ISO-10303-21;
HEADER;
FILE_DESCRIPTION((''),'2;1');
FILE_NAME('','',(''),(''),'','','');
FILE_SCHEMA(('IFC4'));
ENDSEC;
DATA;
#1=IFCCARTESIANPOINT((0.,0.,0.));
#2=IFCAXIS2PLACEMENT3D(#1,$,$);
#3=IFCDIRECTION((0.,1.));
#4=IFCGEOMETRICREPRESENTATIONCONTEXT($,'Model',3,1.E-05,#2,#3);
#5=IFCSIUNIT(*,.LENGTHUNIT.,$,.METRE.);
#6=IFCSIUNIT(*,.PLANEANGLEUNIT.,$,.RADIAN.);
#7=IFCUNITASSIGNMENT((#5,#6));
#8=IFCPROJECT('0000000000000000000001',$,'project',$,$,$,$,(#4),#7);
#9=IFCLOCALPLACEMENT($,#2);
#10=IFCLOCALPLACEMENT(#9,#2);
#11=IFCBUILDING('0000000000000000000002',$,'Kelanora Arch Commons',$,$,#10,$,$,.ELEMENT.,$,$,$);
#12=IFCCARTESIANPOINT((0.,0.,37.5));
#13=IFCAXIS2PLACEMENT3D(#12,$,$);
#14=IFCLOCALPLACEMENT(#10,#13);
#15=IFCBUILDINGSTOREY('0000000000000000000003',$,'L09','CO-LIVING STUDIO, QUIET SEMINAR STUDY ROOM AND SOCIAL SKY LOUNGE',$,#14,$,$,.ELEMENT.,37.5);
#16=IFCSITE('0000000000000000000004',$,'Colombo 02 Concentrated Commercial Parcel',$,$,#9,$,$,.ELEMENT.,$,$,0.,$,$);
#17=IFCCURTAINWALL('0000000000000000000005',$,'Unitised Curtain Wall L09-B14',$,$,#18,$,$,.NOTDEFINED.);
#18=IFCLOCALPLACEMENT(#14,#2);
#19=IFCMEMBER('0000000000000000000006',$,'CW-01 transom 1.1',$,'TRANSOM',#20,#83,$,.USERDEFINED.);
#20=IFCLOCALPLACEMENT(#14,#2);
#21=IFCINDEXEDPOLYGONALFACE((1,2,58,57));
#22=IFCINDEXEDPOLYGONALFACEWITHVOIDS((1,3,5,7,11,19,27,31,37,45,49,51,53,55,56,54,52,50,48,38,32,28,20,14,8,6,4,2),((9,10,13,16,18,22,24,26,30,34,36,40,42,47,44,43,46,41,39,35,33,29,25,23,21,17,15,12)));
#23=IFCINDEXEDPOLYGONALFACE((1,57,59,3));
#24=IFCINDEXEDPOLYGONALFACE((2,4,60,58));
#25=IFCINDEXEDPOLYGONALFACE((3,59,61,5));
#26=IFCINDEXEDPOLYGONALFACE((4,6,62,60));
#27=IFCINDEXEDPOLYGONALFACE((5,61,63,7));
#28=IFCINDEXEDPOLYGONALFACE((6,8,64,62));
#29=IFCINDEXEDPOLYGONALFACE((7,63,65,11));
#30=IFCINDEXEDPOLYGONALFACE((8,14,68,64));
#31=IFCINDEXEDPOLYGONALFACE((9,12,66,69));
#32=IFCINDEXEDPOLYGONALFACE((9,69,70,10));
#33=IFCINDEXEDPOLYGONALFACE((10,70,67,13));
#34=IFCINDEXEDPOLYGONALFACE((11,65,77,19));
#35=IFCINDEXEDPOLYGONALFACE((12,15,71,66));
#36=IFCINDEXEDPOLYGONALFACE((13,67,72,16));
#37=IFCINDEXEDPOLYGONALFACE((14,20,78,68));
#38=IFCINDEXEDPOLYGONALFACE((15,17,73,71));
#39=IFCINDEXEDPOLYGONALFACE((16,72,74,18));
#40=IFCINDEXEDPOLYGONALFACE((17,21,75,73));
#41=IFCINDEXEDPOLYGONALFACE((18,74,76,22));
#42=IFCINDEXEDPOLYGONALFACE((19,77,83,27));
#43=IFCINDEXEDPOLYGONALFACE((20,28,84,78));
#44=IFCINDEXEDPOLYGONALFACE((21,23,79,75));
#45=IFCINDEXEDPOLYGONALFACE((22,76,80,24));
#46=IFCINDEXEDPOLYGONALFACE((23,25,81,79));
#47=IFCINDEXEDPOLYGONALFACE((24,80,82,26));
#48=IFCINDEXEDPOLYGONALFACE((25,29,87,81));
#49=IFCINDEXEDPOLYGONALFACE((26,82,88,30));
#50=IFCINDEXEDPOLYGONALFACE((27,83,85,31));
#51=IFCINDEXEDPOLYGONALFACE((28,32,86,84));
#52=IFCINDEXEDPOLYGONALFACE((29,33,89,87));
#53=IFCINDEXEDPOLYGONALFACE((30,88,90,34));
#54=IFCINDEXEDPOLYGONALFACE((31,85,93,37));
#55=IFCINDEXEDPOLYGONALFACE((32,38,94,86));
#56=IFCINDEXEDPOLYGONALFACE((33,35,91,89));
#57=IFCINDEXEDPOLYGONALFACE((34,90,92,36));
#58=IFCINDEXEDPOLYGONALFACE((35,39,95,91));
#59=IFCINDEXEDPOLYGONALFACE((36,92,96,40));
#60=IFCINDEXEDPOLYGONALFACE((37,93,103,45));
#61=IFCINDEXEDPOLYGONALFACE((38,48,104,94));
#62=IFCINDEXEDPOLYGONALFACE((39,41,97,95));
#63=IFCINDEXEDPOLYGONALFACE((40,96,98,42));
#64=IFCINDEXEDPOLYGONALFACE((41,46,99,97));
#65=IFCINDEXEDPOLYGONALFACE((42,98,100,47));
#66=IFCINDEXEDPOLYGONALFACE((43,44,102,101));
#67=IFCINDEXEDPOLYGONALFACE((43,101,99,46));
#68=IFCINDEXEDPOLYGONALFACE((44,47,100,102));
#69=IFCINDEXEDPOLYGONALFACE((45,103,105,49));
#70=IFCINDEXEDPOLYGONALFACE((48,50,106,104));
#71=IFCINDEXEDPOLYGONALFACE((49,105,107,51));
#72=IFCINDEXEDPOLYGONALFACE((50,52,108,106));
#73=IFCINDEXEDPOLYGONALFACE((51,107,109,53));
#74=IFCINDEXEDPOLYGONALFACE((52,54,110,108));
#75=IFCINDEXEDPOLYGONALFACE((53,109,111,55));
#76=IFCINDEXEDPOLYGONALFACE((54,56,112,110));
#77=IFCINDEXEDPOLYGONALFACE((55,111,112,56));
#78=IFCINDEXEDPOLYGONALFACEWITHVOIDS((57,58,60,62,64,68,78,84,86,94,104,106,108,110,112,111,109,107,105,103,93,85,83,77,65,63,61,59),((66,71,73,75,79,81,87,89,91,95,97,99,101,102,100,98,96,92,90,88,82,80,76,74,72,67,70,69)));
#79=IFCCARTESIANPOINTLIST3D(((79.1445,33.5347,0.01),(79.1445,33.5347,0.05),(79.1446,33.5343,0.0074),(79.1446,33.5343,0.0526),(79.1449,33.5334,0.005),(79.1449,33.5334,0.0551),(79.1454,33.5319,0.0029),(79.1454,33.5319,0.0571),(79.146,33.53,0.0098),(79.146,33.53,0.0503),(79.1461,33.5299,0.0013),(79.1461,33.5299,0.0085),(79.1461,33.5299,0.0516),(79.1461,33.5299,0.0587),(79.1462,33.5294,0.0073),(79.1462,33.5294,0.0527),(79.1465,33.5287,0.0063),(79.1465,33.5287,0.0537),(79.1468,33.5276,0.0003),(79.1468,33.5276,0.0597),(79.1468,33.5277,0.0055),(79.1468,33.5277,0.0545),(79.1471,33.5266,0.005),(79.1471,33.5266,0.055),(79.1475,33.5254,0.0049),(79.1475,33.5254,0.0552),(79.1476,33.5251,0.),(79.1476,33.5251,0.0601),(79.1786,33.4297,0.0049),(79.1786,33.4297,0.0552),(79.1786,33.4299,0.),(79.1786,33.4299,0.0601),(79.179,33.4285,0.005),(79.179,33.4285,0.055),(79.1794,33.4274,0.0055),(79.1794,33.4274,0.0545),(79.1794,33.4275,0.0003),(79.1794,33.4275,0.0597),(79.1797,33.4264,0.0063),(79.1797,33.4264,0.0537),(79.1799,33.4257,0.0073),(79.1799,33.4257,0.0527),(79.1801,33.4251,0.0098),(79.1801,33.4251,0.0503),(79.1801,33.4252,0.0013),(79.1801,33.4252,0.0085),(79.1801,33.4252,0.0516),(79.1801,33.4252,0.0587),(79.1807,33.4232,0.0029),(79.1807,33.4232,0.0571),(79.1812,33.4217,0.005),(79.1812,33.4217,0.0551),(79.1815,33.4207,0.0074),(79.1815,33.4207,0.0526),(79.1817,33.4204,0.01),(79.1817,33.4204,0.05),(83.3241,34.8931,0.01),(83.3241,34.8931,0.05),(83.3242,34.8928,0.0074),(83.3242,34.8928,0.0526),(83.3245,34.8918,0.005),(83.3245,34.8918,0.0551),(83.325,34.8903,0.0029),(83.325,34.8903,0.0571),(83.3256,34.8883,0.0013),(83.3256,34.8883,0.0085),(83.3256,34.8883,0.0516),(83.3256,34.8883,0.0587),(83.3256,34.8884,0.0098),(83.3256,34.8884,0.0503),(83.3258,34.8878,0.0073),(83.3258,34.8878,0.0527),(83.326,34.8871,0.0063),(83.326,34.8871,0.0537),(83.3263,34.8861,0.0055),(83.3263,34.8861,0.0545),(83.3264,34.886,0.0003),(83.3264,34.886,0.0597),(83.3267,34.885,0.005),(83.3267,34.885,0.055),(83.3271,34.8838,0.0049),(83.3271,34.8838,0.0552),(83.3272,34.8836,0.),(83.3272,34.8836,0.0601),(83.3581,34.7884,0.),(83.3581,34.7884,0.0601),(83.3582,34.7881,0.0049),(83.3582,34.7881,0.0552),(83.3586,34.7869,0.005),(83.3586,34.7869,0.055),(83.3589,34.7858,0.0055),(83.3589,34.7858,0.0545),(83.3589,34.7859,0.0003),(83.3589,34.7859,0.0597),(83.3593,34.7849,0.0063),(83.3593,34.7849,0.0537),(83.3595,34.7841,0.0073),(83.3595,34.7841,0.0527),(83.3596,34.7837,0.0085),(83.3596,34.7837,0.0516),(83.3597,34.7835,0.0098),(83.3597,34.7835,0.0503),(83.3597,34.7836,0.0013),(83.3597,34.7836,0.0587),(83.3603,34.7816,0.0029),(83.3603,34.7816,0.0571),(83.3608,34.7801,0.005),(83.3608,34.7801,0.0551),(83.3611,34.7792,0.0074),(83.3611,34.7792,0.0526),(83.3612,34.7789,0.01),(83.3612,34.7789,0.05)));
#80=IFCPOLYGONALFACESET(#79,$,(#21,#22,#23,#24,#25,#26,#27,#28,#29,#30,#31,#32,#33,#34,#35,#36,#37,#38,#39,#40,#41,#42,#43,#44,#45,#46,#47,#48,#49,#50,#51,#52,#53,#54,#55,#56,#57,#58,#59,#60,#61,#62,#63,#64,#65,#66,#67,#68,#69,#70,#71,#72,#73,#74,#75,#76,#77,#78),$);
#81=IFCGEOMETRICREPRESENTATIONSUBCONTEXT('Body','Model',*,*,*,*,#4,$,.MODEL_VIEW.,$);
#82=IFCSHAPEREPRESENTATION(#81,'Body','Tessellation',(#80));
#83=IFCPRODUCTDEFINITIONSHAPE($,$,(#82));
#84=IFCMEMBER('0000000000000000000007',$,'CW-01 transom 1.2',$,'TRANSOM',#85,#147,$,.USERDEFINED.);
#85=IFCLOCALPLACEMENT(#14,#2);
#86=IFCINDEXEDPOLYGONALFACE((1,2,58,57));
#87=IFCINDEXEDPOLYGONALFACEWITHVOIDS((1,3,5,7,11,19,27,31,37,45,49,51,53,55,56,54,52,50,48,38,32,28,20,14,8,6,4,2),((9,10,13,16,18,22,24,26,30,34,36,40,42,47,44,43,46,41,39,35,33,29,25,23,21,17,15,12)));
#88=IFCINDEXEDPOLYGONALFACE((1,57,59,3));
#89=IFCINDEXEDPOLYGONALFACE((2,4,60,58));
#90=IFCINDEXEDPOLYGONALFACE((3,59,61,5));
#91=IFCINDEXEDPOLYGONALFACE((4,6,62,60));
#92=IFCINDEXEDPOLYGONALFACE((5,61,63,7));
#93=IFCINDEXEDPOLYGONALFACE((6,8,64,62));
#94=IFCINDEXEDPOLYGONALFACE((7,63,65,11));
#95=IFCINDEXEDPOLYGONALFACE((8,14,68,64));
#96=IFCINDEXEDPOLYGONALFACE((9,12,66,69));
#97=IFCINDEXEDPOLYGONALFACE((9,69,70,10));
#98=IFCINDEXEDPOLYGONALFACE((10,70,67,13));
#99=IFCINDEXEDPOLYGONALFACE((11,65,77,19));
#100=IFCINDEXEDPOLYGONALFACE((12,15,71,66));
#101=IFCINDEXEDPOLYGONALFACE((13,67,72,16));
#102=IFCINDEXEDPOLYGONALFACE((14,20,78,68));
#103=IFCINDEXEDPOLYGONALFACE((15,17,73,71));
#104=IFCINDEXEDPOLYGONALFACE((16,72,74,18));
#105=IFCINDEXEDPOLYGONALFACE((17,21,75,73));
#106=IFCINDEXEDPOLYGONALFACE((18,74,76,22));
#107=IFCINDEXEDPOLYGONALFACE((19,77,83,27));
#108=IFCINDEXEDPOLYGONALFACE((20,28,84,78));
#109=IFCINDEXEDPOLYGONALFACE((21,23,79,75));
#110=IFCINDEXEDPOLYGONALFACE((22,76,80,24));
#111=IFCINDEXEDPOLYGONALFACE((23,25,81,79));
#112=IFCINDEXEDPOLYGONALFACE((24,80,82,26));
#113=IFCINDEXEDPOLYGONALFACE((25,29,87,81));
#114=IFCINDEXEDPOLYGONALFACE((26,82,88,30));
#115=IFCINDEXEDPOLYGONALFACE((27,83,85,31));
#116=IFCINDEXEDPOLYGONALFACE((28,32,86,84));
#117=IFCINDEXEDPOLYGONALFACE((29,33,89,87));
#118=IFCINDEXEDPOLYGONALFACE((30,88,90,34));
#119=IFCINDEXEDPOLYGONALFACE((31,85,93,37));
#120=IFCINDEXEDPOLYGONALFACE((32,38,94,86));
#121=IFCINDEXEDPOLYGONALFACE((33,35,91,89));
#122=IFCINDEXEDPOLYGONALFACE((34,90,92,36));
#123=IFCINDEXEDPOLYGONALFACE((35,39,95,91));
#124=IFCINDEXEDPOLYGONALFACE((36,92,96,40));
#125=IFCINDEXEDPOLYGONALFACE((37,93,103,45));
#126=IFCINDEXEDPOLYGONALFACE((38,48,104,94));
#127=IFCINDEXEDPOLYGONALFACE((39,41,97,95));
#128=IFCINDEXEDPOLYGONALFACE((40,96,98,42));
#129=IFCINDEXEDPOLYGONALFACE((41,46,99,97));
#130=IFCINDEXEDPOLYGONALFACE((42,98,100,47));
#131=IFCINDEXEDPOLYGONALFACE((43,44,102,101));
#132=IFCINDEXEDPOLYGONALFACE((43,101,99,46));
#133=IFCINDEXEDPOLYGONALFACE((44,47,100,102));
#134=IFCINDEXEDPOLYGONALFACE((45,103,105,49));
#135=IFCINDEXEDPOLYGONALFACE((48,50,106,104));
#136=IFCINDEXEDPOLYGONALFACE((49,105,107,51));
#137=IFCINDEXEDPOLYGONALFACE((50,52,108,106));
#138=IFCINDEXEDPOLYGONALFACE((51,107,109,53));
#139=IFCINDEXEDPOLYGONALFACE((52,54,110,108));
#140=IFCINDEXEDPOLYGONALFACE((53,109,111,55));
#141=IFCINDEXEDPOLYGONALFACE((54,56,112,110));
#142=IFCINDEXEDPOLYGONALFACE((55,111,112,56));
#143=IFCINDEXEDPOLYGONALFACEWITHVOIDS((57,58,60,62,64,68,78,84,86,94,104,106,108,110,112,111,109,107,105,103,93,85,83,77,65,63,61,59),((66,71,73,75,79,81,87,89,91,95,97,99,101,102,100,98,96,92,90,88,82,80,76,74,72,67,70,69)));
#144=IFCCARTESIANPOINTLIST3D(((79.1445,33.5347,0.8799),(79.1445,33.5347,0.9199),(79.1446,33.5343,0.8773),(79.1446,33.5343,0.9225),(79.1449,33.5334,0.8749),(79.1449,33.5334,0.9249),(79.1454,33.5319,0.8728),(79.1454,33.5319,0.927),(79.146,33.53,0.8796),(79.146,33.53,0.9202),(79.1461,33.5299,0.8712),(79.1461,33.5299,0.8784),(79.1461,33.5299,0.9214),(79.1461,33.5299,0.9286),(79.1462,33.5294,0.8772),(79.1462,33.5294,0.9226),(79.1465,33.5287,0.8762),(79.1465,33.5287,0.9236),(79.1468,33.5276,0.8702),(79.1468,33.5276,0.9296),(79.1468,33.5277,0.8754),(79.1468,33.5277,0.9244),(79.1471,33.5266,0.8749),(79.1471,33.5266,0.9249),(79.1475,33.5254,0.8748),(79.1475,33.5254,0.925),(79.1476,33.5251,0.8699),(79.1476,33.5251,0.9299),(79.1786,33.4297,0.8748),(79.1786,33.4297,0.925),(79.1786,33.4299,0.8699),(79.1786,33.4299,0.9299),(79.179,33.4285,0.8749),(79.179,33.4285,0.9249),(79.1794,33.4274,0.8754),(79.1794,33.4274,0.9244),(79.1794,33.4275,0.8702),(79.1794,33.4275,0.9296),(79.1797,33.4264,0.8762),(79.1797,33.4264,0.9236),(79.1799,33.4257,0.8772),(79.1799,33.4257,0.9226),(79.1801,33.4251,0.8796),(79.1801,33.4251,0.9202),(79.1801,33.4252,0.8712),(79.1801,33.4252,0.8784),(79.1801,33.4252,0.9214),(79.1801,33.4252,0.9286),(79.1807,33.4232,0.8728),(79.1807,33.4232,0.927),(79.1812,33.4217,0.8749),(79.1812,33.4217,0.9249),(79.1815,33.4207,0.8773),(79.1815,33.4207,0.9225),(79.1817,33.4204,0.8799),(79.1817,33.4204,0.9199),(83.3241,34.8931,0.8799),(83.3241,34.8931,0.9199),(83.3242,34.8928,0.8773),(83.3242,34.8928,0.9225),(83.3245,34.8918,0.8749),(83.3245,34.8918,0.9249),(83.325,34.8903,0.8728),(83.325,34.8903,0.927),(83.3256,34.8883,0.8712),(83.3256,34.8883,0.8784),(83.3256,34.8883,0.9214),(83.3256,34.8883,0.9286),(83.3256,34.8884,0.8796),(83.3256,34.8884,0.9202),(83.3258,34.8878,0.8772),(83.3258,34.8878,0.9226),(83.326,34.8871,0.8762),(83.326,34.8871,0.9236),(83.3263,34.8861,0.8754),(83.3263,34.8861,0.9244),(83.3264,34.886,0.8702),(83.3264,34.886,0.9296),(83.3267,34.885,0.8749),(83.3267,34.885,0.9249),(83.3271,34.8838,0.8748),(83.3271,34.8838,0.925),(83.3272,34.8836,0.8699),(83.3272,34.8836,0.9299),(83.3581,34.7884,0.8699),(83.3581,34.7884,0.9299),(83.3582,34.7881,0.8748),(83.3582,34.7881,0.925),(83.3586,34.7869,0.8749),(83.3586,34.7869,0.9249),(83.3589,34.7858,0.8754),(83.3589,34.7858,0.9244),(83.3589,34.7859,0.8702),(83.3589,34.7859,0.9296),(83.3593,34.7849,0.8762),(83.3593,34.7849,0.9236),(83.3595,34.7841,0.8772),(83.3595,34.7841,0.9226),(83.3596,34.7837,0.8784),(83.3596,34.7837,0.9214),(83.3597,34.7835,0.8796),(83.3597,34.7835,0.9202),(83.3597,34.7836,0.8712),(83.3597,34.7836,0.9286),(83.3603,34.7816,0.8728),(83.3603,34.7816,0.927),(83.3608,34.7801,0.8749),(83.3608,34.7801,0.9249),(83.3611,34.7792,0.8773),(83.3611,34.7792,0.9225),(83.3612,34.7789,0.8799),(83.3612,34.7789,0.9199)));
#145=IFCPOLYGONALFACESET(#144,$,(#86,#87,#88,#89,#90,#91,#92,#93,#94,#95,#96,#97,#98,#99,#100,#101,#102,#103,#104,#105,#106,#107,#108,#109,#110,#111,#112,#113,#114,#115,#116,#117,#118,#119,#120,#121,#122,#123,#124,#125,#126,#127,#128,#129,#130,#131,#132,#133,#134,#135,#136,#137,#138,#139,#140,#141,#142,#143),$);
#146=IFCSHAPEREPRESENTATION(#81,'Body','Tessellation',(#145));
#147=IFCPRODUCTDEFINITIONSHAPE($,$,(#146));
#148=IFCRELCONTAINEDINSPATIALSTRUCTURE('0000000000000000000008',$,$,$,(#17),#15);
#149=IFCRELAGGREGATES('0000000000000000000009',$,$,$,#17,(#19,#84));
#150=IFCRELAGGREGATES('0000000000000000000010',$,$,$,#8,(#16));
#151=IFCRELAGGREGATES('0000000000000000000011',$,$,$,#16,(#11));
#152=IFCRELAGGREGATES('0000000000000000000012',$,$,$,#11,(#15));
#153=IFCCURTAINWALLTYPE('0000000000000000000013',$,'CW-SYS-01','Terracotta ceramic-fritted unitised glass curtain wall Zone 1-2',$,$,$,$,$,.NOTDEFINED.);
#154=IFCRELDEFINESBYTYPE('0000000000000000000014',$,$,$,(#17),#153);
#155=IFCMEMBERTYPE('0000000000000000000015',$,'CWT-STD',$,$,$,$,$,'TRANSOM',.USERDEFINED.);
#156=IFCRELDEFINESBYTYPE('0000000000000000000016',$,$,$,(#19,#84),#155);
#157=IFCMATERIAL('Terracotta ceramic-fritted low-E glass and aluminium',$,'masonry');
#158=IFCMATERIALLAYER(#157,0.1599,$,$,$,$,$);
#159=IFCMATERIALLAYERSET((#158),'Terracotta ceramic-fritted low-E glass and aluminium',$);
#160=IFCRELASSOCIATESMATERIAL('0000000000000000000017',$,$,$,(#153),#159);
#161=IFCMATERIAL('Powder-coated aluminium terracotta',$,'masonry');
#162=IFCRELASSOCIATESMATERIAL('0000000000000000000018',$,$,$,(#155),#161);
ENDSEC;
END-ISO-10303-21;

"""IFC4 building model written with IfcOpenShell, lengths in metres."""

from ifc_helpers import new_model, si_unit, direction, frame, origin, origin_2d, place, context, subcontext, project, spatial, hollow_rectangle, extrude, material, layer, layer_set, material_profile, profile_set, type_object, element, aggregate, save


model = new_model("IFC4")

# Units and contexts
model_context = context("Model", 3, precision=1e-05, world=origin(), true_north=direction((0.0, 1.0)))
body_context = subcontext(model_context, "Body", "Model", "MODEL_VIEW")
ifc_project = project(units=[si_unit("LENGTHUNIT", "METRE"), si_unit("PLANEANGLEUNIT", "RADIAN")], contexts=[model_context])

# Site, building, storey
site_placement = place(None, origin())
site = spatial("IfcSite", under=ifc_project, at=site_placement, Name="Colombo 02 Concentrated Commercial Parcel", CompositionType="ELEMENT", RefElevation=0.0)
building_placement = place(site_placement, origin())
building = spatial("IfcBuilding", under=site, at=building_placement, Name="Kelanora Arch Commons", CompositionType="ELEMENT")
storey_placement = place(building_placement, frame((0.0, 0.0, 37.5)))
storey = spatial("IfcBuildingStorey", under=building, at=storey_placement, Name="L09", Description="CO-LIVING STUDIO, QUIET SEMINAR STUDY ROOM AND SOCIAL SKY LOUNGE", CompositionType="ELEMENT", Elevation=37.5)

# Curtain wall, members
ifc_material_1 = material(Name="Terracotta ceramic-fritted low-E glass and aluminium", Category="masonry")
ifc_layer_1 = layer(ifc_material_1, 0.1599)
ifc_layer_set_1 = layer_set([ifc_layer_1], Name="Terracotta ceramic-fritted low-E glass and aluminium")
curtain_wall_type = type_object("IfcCurtainWallType", Name="CW-SYS-01", Description="Terracotta ceramic-fritted unitised glass curtain wall Zone 1-2", PredefinedType="NOTDEFINED", material=ifc_layer_set_1)
curtain_wall_placement = place(storey_placement, origin())
curtain_wall = element("IfcCurtainWall", 1, at=curtain_wall_placement, inside=storey, type_object=curtain_wall_type, Name="Unitised Curtain Wall L09-B14", PredefinedType="NOTDEFINED")
ifc_material_2 = material(Name="Powder-coated aluminium terracotta", Category="masonry")
ifc_material_profile_1 = material_profile(ifc_material_2, hollow_rectangle(XDim=0.1201, YDim=0.0601, WallThickness=0.0049, InnerFilletRadius=0.0049, OuterFilletRadius=0.01, at=origin_2d()), Name="CWT120x60")
ifc_profile_set_1 = profile_set([ifc_material_profile_1], Name="Powder-coated aluminium terracotta")
member_type_1 = type_object("IfcMemberType", Name="CWT-STD", ElementType="TRANSOM", PredefinedType="USERDEFINED", material=ifc_profile_set_1)
member_1_placement = place(storey_placement, frame((79.1631, 33.4775, 0.03), z_axis=(0.951029, 0.309102, 0.0), x_axis=(-0.309102, 0.951029, 0.0)))
member_1 = element("IfcMember", 2, at=member_1_placement, type_object=member_type_1, Name="CW-01 transom 1.1", ObjectType="TRANSOM", PredefinedType="USERDEFINED", context=body_context, shape_type="SweptSolid", body=[
    extrude(hollow_rectangle(XDim=0.1201, YDim=0.0601, WallThickness=0.0049, InnerFilletRadius=0.0049, OuterFilletRadius=0.01, at=origin_2d()), origin(), (0.0, 0.0, 1.0), 4.3948),
])
member_2_placement = place(storey_placement, frame((79.1631, 33.4775, 0.8999), z_axis=(0.951029, 0.309102, 0.0), x_axis=(-0.309102, 0.951029, 0.0)))
member_2 = element("IfcMember", 3, at=member_2_placement, type_object=member_type_1, Name="CW-01 transom 1.2", ObjectType="TRANSOM", PredefinedType="USERDEFINED", context=body_context, shape_type="SweptSolid", body=[
    extrude(hollow_rectangle(XDim=0.1201, YDim=0.0601, WallThickness=0.0049, InnerFilletRadius=0.0049, OuterFilletRadius=0.01, at=origin_2d()), origin(), (0.0, 0.0, 1.0), 4.3948),
])
aggregate(curtain_wall, [member_1, member_2])

save(model, "model.ifc")
